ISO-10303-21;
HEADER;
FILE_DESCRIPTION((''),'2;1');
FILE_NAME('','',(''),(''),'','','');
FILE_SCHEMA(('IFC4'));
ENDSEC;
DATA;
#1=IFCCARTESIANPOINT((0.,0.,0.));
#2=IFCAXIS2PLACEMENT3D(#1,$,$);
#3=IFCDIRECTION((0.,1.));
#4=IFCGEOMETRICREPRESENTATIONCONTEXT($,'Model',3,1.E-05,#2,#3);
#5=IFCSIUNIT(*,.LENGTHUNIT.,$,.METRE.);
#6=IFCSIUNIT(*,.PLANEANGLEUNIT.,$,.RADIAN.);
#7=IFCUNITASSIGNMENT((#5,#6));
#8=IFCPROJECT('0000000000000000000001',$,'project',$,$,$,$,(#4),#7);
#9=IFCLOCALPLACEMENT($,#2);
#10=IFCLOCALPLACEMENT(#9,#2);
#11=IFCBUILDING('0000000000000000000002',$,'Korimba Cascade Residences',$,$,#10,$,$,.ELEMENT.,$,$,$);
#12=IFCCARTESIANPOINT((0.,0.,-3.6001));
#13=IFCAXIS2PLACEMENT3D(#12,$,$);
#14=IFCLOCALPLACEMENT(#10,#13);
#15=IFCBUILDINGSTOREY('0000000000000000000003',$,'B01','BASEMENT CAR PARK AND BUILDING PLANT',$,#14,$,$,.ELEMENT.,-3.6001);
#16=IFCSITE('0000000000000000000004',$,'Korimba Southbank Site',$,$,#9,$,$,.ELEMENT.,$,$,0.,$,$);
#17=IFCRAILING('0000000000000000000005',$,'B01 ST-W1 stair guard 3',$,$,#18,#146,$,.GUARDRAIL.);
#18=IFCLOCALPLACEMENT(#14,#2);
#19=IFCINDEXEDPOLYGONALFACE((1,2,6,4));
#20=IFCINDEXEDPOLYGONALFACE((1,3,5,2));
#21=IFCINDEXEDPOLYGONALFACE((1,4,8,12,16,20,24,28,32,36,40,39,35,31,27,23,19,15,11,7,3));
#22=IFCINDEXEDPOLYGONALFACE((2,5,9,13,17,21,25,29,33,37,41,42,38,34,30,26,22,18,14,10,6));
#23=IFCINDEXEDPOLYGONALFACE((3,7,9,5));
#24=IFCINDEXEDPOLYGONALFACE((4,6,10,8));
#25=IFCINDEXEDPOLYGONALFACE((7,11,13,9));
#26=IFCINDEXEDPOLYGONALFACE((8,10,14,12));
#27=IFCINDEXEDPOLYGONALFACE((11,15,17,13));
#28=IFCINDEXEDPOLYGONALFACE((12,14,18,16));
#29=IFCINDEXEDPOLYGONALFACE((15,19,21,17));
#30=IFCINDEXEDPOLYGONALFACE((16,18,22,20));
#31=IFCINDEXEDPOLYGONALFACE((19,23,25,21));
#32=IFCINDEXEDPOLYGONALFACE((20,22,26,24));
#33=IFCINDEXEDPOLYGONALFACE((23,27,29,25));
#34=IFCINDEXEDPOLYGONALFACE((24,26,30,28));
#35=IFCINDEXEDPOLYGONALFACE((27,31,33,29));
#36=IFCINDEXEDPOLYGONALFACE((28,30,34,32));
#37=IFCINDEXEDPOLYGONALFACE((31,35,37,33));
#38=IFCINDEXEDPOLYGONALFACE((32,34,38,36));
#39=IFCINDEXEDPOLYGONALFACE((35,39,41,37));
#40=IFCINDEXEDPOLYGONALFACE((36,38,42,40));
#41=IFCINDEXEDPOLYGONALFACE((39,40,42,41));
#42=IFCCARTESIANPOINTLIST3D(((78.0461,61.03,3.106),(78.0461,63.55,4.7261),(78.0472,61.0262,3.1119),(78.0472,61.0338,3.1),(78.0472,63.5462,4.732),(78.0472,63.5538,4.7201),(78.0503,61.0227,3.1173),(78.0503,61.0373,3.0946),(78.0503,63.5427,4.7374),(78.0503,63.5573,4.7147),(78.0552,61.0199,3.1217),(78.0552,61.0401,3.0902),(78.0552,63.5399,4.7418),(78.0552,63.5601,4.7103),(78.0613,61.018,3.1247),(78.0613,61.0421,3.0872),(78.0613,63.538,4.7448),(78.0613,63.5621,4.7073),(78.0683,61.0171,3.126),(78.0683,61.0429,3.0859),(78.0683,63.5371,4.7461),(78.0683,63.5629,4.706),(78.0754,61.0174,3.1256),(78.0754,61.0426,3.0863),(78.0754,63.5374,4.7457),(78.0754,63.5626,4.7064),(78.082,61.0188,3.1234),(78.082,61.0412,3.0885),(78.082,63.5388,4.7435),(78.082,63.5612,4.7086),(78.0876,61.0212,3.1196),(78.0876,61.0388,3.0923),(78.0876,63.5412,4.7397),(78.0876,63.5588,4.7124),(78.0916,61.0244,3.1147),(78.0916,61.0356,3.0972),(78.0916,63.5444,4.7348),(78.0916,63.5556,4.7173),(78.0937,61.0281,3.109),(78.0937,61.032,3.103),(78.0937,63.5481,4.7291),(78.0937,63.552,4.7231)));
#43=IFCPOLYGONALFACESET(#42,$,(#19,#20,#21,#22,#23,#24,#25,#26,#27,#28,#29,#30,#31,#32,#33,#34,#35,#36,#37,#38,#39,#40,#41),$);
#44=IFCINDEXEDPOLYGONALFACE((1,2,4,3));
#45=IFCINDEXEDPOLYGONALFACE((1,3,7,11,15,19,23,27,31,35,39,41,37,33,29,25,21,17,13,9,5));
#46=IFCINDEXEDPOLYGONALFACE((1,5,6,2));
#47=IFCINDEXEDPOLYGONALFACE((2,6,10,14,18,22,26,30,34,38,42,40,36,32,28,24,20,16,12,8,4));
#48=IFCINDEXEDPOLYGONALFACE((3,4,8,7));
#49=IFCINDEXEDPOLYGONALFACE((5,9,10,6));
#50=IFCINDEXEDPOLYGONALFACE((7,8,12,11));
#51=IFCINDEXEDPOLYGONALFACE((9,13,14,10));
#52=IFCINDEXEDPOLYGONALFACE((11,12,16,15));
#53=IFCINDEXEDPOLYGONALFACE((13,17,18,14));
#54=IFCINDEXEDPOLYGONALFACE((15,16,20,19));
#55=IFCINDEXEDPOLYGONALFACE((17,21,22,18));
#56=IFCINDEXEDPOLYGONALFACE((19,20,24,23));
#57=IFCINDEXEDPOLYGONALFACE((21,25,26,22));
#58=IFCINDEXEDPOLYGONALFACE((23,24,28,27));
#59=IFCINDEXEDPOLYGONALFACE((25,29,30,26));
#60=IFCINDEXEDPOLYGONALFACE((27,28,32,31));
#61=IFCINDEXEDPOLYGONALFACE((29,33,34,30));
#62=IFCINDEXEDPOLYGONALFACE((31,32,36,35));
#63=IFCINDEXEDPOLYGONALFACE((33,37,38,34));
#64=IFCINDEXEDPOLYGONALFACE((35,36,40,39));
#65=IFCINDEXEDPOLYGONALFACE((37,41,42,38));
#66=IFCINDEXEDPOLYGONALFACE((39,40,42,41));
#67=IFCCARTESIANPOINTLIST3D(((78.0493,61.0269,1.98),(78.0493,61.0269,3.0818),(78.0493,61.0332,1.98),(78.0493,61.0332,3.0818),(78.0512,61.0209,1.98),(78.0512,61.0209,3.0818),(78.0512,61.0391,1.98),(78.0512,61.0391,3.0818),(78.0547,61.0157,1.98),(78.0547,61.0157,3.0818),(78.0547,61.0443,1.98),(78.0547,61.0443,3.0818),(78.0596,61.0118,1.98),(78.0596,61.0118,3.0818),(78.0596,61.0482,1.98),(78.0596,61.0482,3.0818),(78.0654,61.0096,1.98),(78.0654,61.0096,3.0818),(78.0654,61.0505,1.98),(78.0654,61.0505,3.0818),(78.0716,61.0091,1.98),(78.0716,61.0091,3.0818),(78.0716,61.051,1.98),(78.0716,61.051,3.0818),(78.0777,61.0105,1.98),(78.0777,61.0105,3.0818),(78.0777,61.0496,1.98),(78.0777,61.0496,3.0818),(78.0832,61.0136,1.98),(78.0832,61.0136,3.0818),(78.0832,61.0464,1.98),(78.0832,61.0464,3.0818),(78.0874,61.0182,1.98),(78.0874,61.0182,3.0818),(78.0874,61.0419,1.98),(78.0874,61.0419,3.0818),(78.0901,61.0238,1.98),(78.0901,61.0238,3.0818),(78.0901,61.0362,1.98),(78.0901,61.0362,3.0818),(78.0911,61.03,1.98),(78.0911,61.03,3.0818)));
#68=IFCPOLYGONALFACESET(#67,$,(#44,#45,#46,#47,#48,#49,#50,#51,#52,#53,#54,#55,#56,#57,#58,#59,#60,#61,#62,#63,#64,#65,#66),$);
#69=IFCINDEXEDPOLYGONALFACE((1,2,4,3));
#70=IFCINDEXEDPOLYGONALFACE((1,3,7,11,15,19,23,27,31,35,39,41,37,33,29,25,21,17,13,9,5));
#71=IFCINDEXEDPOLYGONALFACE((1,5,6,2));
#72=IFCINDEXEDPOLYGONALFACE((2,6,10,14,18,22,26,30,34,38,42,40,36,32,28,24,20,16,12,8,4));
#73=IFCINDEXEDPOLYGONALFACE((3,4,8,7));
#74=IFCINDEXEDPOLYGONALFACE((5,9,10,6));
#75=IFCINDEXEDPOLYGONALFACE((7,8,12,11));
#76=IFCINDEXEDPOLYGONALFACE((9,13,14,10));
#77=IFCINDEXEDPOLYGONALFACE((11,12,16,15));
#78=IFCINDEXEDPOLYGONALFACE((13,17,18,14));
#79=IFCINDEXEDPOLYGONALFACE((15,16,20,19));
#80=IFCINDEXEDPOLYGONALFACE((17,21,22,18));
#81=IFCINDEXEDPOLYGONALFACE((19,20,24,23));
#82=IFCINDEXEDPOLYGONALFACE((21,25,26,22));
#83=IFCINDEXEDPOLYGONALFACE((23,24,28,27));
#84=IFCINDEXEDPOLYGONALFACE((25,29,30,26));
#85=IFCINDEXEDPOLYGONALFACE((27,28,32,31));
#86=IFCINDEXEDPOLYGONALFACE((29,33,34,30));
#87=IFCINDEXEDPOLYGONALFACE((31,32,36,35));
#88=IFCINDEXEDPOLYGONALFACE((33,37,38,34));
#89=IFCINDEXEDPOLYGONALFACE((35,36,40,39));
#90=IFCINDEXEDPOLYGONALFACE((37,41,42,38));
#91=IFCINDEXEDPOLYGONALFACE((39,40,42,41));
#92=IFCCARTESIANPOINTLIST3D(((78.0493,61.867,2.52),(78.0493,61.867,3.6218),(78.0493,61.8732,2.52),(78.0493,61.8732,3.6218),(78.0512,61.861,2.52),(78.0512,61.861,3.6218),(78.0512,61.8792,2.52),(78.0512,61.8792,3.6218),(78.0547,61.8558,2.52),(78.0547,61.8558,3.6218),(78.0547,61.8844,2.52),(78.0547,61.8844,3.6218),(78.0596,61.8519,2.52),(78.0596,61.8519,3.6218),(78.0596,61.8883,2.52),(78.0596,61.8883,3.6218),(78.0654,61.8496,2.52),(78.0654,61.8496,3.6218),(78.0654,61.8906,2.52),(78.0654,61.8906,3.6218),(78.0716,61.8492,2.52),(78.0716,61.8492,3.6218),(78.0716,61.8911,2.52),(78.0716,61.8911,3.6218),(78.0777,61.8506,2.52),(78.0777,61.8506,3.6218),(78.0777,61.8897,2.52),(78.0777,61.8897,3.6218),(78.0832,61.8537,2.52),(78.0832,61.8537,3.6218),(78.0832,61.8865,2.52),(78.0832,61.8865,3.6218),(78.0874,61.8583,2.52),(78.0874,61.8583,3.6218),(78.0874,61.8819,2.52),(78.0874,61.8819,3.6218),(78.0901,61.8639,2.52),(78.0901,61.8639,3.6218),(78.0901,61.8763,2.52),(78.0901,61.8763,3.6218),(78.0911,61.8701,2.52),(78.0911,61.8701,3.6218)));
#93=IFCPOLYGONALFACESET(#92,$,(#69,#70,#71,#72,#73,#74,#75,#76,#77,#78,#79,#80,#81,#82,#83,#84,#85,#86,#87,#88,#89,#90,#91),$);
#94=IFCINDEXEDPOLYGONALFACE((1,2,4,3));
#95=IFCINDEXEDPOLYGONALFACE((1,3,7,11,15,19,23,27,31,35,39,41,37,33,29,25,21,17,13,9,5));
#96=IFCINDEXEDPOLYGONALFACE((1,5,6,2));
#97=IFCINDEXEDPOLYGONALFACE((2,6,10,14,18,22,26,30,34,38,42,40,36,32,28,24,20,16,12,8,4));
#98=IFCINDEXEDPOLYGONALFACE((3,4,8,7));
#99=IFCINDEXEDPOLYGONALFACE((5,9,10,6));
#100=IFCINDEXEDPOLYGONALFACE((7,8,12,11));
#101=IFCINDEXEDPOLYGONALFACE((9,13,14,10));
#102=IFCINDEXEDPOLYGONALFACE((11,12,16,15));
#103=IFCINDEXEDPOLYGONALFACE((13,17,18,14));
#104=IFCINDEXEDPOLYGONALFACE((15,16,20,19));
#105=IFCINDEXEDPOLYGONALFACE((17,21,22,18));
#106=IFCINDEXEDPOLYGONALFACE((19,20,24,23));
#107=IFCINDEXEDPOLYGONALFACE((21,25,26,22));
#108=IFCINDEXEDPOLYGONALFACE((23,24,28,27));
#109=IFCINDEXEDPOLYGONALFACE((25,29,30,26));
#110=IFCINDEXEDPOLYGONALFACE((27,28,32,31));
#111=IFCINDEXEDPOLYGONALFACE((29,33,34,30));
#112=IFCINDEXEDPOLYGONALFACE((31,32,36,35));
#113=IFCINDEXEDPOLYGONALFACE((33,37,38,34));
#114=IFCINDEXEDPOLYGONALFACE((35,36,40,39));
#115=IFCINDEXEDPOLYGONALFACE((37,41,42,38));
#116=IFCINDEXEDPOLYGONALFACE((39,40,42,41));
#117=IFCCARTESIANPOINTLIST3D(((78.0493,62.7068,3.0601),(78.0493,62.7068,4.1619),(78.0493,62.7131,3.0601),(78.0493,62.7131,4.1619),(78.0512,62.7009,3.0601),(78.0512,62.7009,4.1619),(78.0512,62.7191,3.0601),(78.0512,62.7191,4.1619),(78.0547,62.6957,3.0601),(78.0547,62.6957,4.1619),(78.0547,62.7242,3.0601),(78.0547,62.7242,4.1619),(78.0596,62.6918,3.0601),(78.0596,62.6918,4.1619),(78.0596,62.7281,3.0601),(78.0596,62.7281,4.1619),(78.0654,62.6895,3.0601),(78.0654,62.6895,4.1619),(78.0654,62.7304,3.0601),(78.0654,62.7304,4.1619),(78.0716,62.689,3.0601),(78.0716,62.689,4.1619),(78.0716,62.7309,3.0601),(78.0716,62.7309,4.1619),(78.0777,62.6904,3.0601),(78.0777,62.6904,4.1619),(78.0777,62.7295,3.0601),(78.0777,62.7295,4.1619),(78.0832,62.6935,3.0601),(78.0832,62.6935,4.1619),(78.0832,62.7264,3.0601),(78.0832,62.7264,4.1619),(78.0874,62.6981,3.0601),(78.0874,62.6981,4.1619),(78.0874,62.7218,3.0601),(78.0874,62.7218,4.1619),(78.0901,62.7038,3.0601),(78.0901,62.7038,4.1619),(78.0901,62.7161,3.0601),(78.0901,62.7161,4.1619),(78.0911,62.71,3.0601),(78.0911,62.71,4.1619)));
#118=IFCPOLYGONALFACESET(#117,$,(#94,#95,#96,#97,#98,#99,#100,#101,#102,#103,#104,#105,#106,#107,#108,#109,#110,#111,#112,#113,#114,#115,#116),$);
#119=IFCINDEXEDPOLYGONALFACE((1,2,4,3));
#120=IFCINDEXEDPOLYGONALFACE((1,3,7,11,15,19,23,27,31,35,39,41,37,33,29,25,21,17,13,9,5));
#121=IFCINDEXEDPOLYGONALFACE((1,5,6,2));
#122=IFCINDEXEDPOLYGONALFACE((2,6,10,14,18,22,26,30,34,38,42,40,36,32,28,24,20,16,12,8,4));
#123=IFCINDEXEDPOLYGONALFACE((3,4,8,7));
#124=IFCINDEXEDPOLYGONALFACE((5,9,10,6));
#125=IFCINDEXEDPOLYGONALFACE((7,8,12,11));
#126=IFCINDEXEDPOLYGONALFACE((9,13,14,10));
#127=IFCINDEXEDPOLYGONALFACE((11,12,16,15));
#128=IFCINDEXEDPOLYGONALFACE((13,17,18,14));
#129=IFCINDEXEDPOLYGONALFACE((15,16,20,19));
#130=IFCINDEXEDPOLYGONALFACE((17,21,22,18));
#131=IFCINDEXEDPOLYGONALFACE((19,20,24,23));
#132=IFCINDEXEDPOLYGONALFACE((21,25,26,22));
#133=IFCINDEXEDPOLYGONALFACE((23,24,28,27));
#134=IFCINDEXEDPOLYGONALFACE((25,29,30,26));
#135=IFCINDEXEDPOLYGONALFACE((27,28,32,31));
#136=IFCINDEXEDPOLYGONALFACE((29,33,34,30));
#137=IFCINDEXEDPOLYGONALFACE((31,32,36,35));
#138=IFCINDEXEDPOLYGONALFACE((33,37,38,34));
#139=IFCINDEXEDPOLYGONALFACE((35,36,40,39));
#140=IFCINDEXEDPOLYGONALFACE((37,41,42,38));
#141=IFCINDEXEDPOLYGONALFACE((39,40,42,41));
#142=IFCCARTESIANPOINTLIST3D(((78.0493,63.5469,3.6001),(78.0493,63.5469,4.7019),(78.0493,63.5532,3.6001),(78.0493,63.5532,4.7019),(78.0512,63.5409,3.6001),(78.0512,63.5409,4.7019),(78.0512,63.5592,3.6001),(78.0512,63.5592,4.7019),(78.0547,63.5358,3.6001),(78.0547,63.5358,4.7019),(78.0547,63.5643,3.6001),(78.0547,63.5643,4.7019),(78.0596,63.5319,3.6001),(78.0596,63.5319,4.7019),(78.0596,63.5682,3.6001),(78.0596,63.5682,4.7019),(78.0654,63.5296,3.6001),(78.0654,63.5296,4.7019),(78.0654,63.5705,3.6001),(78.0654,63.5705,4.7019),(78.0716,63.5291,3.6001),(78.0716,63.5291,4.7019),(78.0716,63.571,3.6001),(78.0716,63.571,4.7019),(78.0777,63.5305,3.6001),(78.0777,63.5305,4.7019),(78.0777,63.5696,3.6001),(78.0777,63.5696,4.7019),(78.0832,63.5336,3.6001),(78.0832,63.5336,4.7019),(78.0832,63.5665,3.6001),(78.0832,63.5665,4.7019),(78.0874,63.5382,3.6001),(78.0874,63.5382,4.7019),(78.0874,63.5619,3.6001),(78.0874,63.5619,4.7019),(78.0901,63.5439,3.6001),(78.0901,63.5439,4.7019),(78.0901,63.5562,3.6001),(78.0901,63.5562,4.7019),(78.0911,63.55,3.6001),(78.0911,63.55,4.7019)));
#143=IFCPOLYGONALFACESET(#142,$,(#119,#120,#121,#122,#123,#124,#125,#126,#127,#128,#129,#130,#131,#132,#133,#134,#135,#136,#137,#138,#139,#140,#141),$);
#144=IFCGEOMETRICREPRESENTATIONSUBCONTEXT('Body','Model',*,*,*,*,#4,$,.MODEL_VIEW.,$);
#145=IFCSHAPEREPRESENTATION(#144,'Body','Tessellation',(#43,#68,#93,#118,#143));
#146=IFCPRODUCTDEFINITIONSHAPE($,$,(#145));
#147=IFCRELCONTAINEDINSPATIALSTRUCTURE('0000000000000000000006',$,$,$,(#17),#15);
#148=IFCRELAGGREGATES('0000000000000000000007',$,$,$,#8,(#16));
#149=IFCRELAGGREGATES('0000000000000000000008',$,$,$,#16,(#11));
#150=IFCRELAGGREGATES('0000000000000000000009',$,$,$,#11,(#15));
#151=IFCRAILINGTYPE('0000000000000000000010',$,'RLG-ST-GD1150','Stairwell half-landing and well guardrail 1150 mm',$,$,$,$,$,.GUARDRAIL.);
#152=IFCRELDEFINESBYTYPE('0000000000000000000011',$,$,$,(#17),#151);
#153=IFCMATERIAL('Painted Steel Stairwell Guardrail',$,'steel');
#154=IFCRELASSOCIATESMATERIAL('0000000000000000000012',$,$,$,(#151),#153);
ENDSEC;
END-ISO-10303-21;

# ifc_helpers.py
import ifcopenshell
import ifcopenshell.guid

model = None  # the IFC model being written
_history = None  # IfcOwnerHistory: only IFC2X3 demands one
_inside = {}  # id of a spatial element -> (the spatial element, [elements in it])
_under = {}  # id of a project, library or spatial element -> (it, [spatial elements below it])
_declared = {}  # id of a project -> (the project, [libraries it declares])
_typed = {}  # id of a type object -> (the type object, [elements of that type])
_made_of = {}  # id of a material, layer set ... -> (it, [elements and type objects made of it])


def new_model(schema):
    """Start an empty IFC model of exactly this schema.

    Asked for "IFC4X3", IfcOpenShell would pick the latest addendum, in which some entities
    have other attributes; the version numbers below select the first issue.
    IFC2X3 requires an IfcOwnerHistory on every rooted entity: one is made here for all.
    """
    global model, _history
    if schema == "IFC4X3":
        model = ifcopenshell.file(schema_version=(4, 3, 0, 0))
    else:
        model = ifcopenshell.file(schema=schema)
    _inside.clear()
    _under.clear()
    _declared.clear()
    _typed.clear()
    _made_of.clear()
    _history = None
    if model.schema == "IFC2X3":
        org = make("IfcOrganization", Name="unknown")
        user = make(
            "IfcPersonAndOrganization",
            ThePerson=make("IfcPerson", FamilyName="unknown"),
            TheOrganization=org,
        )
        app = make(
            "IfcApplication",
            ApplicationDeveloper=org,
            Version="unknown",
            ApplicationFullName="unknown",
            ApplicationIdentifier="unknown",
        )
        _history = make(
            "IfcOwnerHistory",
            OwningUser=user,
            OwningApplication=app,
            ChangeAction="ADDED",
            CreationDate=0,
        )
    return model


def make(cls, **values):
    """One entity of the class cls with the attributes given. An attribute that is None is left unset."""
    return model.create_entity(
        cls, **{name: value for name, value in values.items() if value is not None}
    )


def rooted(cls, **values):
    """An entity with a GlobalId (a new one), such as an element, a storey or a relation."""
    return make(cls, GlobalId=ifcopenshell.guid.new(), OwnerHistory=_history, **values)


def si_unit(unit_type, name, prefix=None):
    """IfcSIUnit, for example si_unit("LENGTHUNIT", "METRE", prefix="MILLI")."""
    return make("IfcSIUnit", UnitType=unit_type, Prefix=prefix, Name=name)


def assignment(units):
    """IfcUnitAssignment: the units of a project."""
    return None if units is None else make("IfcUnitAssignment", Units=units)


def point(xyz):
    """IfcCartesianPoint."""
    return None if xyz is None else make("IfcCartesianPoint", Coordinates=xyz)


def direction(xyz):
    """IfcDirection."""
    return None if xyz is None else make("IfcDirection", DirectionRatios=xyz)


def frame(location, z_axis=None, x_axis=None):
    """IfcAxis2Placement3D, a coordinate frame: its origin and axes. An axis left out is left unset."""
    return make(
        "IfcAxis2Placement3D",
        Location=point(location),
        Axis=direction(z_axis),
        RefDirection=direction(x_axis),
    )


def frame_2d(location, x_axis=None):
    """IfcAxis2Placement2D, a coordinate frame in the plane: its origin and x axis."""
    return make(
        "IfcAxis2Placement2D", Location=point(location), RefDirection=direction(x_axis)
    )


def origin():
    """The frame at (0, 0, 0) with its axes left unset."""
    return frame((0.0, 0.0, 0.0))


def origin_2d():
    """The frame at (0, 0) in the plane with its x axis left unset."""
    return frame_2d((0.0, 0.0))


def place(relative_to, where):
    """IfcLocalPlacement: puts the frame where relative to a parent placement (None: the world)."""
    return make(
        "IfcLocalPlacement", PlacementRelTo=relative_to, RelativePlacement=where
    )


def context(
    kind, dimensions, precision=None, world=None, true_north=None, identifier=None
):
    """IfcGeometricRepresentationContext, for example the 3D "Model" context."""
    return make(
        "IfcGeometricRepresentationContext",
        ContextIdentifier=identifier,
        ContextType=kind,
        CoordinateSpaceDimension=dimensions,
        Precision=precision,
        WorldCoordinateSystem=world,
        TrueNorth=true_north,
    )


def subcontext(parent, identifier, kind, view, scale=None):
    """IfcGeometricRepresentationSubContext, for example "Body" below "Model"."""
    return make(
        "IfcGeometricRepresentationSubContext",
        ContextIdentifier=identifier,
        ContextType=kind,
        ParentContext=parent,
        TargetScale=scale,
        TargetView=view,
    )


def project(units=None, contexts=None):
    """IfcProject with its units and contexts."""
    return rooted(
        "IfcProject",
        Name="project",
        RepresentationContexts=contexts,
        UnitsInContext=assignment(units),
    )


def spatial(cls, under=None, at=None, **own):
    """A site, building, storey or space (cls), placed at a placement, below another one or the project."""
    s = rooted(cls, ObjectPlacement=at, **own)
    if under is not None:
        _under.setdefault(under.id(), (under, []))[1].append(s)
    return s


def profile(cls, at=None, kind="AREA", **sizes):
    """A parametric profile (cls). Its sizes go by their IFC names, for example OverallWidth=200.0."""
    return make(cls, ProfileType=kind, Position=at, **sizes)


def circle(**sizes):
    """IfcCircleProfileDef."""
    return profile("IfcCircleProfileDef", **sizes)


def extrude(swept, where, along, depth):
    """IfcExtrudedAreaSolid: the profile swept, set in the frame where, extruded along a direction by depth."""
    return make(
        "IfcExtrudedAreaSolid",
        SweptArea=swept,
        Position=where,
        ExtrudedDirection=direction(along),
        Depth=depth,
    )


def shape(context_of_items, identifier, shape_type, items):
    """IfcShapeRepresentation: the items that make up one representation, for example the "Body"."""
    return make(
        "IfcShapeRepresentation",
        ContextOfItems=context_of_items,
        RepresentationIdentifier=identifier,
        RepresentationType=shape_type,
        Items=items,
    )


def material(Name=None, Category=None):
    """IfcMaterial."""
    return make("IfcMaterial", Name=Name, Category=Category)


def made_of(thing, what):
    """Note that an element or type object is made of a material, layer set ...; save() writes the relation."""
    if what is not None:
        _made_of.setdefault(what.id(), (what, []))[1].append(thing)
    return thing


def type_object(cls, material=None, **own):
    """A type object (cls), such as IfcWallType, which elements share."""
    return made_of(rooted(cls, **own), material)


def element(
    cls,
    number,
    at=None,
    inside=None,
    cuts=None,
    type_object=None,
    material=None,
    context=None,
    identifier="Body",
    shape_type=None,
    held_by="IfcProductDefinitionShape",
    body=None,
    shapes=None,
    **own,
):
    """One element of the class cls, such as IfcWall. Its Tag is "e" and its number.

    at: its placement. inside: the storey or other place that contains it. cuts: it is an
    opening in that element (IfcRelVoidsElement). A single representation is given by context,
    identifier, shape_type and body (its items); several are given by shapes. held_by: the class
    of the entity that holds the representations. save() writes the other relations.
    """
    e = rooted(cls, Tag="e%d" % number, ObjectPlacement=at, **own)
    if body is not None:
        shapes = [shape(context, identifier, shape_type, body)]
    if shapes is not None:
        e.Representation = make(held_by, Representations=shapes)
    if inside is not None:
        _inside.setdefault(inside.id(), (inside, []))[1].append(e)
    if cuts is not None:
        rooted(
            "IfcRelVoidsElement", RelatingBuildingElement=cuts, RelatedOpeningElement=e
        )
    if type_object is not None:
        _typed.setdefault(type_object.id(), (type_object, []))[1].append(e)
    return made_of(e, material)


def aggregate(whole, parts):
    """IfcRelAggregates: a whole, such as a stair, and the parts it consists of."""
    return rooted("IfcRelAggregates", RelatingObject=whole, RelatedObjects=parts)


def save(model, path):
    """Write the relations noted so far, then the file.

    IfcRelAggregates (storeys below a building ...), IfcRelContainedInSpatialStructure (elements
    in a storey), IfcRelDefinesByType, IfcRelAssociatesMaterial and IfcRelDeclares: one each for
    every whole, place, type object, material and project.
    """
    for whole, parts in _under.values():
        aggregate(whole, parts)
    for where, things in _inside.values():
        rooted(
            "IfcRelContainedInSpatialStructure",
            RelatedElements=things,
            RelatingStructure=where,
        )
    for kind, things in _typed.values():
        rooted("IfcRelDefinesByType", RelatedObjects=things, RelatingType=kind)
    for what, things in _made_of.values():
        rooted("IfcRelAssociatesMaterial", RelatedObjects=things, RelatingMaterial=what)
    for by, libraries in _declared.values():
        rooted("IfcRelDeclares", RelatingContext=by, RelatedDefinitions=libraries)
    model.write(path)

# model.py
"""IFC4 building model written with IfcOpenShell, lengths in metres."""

from ifc_helpers import new_model, si_unit, direction, frame, origin, origin_2d, place, context, subcontext, project, spatial, circle, extrude, material, type_object, element, save


model = new_model("IFC4")

# Units and contexts
model_context = context("Model", 3, precision=1e-05, world=origin(), true_north=direction((0.0, 1.0)))
body_context = subcontext(model_context, "Body", "Model", "MODEL_VIEW")
ifc_project = project(units=[si_unit("LENGTHUNIT", "METRE"), si_unit("PLANEANGLEUNIT", "RADIAN")], contexts=[model_context])

# Site, building, storey
site_placement = place(None, origin())
site = spatial("IfcSite", under=ifc_project, at=site_placement, Name="Korimba Southbank Site", CompositionType="ELEMENT", RefElevation=0.0)
building_placement = place(site_placement, origin())
building = spatial("IfcBuilding", under=site, at=building_placement, Name="Korimba Cascade Residences", CompositionType="ELEMENT")
storey_placement = place(building_placement, frame((0.0, 0.0, -3.6001)))
storey = spatial("IfcBuildingStorey", under=building, at=storey_placement, Name="B01", Description="BASEMENT CAR PARK AND BUILDING PLANT", CompositionType="ELEMENT", Elevation=-3.6001)

# Railing
ifc_material_1 = material(Name="Painted Steel Stairwell Guardrail", Category="steel")
railing_type_1 = type_object("IfcRailingType", Name="RLG-ST-GD1150", Description="Stairwell half-landing and well guardrail 1150 mm", PredefinedType="GUARDRAIL", material=ifc_material_1)
railing_1_placement = place(storey_placement, frame((78.0701, 61.03, 1.98)))
element("IfcRailing", 1, at=railing_1_placement, inside=storey, type_object=railing_type_1, Name="B01 ST-W1 stair guard 3", PredefinedType="GUARDRAIL", context=body_context, shape_type="SweptSolid", body=[
    extrude(circle(Radius=0.0239, at=origin_2d()), frame((0.0, 0.0, 1.126), z_axis=(0.0, 0.841163, 0.540782), x_axis=(-1.0, 0.0, 0.0)), (0.0, 0.0, 1.0), 2.9958),
    extrude(circle(Radius=0.021, at=origin_2d()), origin(), (0.0, 0.0, 1.0), 1.1018),
    extrude(circle(Radius=0.021, at=origin_2d()), frame((0.0, 0.8401, 0.54)), (0.0, 0.0, 1.0), 1.1018),
    extrude(circle(Radius=0.021, at=origin_2d()), frame((0.0, 1.6799, 1.0801)), (0.0, 0.0, 1.0), 1.1018),
    extrude(circle(Radius=0.021, at=origin_2d()), frame((0.0, 2.52, 1.6201)), (0.0, 0.0, 1.0), 1.1018),
])

save(model, "model.ifc")
